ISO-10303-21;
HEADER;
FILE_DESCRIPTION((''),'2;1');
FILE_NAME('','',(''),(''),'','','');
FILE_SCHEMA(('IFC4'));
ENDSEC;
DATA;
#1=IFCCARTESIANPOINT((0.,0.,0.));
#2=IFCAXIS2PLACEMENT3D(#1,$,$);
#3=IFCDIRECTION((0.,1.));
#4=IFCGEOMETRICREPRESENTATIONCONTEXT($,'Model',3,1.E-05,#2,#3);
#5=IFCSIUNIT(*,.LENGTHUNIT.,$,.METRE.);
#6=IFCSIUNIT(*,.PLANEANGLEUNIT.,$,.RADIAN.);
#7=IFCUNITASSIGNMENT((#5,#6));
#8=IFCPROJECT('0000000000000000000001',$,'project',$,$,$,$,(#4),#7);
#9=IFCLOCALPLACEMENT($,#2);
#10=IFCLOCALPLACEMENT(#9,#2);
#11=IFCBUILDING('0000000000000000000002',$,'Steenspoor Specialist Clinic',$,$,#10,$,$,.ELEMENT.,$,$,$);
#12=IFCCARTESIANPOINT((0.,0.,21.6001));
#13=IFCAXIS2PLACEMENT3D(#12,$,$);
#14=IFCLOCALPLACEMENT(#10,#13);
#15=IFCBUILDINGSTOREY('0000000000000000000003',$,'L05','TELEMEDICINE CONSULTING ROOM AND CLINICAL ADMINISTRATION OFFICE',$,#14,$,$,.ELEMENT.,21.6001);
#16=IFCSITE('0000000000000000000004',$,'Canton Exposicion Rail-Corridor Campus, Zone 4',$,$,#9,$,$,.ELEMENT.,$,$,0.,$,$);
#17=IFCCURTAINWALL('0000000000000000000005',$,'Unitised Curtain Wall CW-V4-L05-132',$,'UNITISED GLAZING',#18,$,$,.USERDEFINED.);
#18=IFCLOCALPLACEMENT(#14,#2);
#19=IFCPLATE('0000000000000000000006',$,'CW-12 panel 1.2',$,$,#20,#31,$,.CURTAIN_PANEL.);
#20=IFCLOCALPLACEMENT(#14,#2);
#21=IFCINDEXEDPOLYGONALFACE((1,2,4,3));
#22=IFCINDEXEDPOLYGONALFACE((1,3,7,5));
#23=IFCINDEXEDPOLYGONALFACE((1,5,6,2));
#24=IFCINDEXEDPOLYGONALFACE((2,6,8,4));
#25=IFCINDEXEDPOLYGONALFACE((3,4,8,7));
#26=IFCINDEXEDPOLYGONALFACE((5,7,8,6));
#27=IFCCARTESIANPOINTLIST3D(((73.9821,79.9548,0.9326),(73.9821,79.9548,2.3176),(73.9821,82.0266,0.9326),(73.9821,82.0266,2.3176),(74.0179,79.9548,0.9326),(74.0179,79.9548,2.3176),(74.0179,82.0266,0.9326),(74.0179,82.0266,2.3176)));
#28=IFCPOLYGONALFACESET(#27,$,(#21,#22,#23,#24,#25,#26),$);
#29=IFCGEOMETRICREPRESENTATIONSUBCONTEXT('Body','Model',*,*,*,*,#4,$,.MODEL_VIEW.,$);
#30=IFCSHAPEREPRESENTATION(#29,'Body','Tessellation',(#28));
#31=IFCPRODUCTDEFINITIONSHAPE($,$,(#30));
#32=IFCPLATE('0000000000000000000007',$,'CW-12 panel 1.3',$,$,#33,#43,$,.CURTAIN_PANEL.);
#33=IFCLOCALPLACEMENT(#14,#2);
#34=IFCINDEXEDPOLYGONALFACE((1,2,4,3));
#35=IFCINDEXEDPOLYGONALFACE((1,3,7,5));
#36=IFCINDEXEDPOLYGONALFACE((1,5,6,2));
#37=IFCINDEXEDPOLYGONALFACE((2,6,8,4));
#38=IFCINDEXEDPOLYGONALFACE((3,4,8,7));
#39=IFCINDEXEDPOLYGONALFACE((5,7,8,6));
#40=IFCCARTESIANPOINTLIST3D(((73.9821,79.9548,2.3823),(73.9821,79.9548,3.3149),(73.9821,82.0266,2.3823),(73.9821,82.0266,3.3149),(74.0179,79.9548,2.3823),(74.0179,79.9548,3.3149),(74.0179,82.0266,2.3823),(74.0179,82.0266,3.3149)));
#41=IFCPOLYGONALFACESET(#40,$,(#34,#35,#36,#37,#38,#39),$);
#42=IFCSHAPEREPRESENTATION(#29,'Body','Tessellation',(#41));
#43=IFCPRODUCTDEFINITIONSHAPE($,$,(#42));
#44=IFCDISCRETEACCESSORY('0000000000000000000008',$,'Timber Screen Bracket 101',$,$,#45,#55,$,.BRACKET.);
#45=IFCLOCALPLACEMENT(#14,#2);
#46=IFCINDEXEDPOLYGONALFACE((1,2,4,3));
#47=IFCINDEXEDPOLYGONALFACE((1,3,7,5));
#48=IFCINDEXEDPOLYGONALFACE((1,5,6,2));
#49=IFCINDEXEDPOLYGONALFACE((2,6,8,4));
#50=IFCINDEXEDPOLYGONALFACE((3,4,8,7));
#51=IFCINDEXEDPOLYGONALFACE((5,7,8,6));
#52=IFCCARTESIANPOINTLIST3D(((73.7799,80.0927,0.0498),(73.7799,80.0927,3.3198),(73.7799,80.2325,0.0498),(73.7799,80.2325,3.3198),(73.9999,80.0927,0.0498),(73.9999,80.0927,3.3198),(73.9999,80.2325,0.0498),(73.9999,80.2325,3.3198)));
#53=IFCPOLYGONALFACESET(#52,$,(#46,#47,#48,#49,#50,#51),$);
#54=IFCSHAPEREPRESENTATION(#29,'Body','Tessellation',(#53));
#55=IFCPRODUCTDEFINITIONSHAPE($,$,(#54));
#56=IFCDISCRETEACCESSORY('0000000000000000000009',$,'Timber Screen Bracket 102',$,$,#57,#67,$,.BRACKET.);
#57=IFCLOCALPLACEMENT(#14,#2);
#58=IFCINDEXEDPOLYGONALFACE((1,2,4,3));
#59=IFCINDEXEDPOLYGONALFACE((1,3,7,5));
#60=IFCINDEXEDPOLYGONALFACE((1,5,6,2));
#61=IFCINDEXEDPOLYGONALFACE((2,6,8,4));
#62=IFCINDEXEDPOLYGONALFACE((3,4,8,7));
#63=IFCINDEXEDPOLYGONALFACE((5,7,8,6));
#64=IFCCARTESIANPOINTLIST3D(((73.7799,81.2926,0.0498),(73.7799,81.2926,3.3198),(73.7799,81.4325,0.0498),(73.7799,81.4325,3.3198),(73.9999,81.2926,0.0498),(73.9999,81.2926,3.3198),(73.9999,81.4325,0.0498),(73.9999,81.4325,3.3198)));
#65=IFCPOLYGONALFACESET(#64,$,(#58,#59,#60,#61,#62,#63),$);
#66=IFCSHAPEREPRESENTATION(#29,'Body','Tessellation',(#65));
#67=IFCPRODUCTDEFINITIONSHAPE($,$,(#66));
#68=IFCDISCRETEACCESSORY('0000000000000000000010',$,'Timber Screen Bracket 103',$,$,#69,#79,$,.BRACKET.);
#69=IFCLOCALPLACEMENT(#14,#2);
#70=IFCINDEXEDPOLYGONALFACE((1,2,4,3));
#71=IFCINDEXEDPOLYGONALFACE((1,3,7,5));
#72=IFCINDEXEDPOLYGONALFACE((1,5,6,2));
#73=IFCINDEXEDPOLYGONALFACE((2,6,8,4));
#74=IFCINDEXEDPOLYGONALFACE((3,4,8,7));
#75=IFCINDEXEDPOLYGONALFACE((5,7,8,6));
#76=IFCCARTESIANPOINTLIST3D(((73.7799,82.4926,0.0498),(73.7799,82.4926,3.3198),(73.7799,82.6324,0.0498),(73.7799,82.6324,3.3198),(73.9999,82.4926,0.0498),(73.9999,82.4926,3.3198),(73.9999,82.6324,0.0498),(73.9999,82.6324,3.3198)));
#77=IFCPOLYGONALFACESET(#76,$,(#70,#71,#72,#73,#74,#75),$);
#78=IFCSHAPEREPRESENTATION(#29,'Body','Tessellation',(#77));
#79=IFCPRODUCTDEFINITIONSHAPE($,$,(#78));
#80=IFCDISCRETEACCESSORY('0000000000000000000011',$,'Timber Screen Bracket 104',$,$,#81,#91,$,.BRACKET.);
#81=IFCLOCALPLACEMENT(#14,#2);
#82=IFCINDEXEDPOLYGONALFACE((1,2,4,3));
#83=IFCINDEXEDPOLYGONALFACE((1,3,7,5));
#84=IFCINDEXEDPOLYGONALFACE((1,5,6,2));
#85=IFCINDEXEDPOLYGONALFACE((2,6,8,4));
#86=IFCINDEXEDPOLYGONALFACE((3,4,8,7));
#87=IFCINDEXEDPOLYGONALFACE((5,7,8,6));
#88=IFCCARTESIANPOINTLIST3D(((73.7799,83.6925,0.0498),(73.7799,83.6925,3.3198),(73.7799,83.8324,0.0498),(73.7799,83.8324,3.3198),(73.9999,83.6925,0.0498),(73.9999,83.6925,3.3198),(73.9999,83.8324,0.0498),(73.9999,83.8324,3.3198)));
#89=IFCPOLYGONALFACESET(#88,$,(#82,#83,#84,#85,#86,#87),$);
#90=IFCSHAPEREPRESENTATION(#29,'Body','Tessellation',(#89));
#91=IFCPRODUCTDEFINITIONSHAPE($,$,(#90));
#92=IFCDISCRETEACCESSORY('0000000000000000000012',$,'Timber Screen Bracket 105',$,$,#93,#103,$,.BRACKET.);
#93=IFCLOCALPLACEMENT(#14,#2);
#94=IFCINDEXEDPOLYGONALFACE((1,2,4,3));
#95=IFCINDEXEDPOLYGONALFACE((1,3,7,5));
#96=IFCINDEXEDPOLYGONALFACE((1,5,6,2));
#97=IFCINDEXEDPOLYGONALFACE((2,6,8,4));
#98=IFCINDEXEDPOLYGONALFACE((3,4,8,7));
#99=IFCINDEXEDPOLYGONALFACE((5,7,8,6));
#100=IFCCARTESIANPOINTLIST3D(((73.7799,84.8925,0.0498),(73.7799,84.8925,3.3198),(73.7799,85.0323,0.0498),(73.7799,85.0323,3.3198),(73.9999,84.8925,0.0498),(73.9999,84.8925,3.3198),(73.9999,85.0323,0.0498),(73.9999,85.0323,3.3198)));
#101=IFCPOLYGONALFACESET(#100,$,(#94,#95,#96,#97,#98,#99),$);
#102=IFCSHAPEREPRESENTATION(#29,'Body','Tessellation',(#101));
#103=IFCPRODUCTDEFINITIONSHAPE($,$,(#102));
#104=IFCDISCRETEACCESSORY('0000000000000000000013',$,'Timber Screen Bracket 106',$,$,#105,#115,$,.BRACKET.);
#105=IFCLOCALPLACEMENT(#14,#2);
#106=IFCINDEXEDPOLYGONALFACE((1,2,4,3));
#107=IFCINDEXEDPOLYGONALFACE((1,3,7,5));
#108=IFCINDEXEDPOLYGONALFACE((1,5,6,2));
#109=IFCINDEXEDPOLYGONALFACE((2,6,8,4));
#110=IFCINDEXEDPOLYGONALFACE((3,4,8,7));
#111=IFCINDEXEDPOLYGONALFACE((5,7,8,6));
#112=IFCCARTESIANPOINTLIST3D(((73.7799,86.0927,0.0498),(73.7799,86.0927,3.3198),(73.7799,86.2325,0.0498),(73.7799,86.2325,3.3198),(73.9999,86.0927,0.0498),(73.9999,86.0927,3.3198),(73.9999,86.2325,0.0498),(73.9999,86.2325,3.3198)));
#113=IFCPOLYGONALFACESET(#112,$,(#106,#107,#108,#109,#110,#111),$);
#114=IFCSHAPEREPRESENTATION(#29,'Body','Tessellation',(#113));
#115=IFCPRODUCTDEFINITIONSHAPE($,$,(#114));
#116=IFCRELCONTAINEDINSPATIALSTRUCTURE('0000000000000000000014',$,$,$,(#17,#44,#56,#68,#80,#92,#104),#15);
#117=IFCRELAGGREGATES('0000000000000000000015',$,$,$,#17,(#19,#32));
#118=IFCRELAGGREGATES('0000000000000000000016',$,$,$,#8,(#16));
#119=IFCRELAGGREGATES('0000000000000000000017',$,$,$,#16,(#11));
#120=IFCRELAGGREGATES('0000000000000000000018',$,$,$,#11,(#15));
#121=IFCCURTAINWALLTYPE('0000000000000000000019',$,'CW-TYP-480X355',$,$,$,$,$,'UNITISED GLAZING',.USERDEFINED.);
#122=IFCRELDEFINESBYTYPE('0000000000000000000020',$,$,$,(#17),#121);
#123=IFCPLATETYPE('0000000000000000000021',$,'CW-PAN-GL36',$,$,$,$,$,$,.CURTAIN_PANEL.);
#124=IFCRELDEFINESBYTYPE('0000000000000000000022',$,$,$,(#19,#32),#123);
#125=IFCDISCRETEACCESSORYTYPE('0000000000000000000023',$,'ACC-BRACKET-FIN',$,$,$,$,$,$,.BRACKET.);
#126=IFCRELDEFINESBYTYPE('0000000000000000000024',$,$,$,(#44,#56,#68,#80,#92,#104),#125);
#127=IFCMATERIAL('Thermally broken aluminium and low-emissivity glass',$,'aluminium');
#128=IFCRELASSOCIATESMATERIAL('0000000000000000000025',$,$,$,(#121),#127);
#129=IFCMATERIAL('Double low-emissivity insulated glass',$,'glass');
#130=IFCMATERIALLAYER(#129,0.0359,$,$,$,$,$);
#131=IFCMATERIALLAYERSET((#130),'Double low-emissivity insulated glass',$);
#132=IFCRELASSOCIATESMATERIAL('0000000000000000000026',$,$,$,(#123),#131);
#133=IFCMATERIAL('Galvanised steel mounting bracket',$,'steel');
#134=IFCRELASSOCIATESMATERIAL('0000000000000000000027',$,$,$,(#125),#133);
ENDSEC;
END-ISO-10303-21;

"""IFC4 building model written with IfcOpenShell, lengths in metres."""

from ifc_helpers import new_model, si_unit, direction, frame, origin, origin_2d, place, context, subcontext, project, spatial, rectangle, extrude, material, layer, layer_set, type_object, element, aggregate, save


model = new_model("IFC4")

# Units and contexts
model_context = context("Model", 3, precision=1e-05, world=origin(), true_north=direction((0.0, 1.0)))
body_context = subcontext(model_context, "Body", "Model", "MODEL_VIEW")
ifc_project = project(units=[si_unit("LENGTHUNIT", "METRE"), si_unit("PLANEANGLEUNIT", "RADIAN")], contexts=[model_context])

# Site, building, storey
site_placement = place(None, origin())
site = spatial("IfcSite", under=ifc_project, at=site_placement, Name="Canton Exposicion Rail-Corridor Campus, Zone 4", CompositionType="ELEMENT", RefElevation=0.0)
building_placement = place(site_placement, origin())
building = spatial("IfcBuilding", under=site, at=building_placement, Name="Steenspoor Specialist Clinic", CompositionType="ELEMENT")
storey_placement = place(building_placement, frame((0.0, 0.0, 21.6001)))
storey = spatial("IfcBuildingStorey", under=building, at=storey_placement, Name="L05", Description="TELEMEDICINE CONSULTING ROOM AND CLINICAL ADMINISTRATION OFFICE", CompositionType="ELEMENT", Elevation=21.6001)

# Curtain wall
ifc_material_1 = material(Name="Thermally broken aluminium and low-emissivity glass", Category="aluminium")
curtain_wall_type = type_object("IfcCurtainWallType", Name="CW-TYP-480X355", ElementType="UNITISED GLAZING", PredefinedType="USERDEFINED", material=ifc_material_1)
curtain_wall_placement = place(storey_placement, origin())
curtain_wall = element("IfcCurtainWall", 1, at=curtain_wall_placement, inside=storey, type_object=curtain_wall_type, Name="Unitised Curtain Wall CW-V4-L05-132", ObjectType="UNITISED GLAZING", PredefinedType="USERDEFINED")

# Plates
ifc_material_2 = material(Name="Double low-emissivity insulated glass", Category="glass")
ifc_layer = layer(ifc_material_2, 0.0359)
ifc_layer_set = layer_set([ifc_layer], Name="Double low-emissivity insulated glass")
plate_type = type_object("IfcPlateType", Name="CW-PAN-GL36", PredefinedType="CURTAIN_PANEL", material=ifc_layer_set)
plate_1_placement = place(storey_placement, frame((74.0, 80.9907, 0.9326), z_axis=(0.0, 0.0, 1.0), x_axis=(0.0, 1.0, 0.0)))
plate_1 = element("IfcPlate", 2, at=plate_1_placement, type_object=plate_type, Name="CW-12 panel 1.2", PredefinedType="CURTAIN_PANEL", context=body_context, shape_type="SweptSolid", body=[
    extrude(rectangle(XDim=2.0718, YDim=0.0359, at=origin_2d()), origin(), (0.0, 0.0, 1.0), 1.385),
])
plate_2_placement = place(storey_placement, frame((74.0, 80.9907, 2.3823), z_axis=(0.0, 0.0, 1.0), x_axis=(0.0, 1.0, 0.0)))
plate_2 = element("IfcPlate", 3, at=plate_2_placement, type_object=plate_type, Name="CW-12 panel 1.3", PredefinedType="CURTAIN_PANEL", context=body_context, shape_type="SweptSolid", body=[
    extrude(rectangle(XDim=2.0718, YDim=0.0359, at=origin_2d()), origin(), (0.0, 0.0, 1.0), 0.9326),
])
aggregate(curtain_wall, [plate_1, plate_2])

# Discrete accessories
ifc_material_3 = material(Name="Galvanised steel mounting bracket", Category="steel")
discrete_accessory_type = type_object("IfcDiscreteAccessoryType", Name="ACC-BRACKET-FIN", PredefinedType="BRACKET", material=ifc_material_3)
for number, where, z_axis, x_axis, name in (
    (4, (73.8899, 80.1626, 0.0498), (0.0, 0.0, 1.0), (-1.0, 0.0, 0.0), "Timber Screen Bracket 101"),
    (5, (73.8899, 81.3625, 0.0498), (0.0, 0.0, 1.0), (-1.0, 0.0, 0.0), "Timber Screen Bracket 102"),
    (6, (73.8899, 82.5625, 0.0498), (0.0, 0.0, 1.0), (-1.0, 0.0, 0.0), "Timber Screen Bracket 103"),
    (7, (73.8899, 83.7625, 0.0498), (0.0, 0.0, 1.0), (-1.0, 0.0, 0.0), "Timber Screen Bracket 104"),
    (8, (73.8899, 84.9624, 0.0498), (0.0, 0.0, 1.0), (-1.0, 0.0, 0.0), "Timber Screen Bracket 105"),
    (9, (73.8899, 86.1626, 0.0498), (0.0, 0.0, 1.0), (-1.0, 0.0, 0.0), "Timber Screen Bracket 106"),
):
    element("IfcDiscreteAccessory", number, at=place(storey_placement, frame(where, z_axis=z_axis, x_axis=x_axis)), inside=storey, type_object=discrete_accessory_type, Name=name, PredefinedType="BRACKET", context=body_context, shape_type="SweptSolid", body=[
        extrude(rectangle(XDim=0.22, YDim=0.1399, at=origin_2d()), origin(), (0.0, 0.0, 1.0), 3.27),
    ])

save(model, "model.ifc")
